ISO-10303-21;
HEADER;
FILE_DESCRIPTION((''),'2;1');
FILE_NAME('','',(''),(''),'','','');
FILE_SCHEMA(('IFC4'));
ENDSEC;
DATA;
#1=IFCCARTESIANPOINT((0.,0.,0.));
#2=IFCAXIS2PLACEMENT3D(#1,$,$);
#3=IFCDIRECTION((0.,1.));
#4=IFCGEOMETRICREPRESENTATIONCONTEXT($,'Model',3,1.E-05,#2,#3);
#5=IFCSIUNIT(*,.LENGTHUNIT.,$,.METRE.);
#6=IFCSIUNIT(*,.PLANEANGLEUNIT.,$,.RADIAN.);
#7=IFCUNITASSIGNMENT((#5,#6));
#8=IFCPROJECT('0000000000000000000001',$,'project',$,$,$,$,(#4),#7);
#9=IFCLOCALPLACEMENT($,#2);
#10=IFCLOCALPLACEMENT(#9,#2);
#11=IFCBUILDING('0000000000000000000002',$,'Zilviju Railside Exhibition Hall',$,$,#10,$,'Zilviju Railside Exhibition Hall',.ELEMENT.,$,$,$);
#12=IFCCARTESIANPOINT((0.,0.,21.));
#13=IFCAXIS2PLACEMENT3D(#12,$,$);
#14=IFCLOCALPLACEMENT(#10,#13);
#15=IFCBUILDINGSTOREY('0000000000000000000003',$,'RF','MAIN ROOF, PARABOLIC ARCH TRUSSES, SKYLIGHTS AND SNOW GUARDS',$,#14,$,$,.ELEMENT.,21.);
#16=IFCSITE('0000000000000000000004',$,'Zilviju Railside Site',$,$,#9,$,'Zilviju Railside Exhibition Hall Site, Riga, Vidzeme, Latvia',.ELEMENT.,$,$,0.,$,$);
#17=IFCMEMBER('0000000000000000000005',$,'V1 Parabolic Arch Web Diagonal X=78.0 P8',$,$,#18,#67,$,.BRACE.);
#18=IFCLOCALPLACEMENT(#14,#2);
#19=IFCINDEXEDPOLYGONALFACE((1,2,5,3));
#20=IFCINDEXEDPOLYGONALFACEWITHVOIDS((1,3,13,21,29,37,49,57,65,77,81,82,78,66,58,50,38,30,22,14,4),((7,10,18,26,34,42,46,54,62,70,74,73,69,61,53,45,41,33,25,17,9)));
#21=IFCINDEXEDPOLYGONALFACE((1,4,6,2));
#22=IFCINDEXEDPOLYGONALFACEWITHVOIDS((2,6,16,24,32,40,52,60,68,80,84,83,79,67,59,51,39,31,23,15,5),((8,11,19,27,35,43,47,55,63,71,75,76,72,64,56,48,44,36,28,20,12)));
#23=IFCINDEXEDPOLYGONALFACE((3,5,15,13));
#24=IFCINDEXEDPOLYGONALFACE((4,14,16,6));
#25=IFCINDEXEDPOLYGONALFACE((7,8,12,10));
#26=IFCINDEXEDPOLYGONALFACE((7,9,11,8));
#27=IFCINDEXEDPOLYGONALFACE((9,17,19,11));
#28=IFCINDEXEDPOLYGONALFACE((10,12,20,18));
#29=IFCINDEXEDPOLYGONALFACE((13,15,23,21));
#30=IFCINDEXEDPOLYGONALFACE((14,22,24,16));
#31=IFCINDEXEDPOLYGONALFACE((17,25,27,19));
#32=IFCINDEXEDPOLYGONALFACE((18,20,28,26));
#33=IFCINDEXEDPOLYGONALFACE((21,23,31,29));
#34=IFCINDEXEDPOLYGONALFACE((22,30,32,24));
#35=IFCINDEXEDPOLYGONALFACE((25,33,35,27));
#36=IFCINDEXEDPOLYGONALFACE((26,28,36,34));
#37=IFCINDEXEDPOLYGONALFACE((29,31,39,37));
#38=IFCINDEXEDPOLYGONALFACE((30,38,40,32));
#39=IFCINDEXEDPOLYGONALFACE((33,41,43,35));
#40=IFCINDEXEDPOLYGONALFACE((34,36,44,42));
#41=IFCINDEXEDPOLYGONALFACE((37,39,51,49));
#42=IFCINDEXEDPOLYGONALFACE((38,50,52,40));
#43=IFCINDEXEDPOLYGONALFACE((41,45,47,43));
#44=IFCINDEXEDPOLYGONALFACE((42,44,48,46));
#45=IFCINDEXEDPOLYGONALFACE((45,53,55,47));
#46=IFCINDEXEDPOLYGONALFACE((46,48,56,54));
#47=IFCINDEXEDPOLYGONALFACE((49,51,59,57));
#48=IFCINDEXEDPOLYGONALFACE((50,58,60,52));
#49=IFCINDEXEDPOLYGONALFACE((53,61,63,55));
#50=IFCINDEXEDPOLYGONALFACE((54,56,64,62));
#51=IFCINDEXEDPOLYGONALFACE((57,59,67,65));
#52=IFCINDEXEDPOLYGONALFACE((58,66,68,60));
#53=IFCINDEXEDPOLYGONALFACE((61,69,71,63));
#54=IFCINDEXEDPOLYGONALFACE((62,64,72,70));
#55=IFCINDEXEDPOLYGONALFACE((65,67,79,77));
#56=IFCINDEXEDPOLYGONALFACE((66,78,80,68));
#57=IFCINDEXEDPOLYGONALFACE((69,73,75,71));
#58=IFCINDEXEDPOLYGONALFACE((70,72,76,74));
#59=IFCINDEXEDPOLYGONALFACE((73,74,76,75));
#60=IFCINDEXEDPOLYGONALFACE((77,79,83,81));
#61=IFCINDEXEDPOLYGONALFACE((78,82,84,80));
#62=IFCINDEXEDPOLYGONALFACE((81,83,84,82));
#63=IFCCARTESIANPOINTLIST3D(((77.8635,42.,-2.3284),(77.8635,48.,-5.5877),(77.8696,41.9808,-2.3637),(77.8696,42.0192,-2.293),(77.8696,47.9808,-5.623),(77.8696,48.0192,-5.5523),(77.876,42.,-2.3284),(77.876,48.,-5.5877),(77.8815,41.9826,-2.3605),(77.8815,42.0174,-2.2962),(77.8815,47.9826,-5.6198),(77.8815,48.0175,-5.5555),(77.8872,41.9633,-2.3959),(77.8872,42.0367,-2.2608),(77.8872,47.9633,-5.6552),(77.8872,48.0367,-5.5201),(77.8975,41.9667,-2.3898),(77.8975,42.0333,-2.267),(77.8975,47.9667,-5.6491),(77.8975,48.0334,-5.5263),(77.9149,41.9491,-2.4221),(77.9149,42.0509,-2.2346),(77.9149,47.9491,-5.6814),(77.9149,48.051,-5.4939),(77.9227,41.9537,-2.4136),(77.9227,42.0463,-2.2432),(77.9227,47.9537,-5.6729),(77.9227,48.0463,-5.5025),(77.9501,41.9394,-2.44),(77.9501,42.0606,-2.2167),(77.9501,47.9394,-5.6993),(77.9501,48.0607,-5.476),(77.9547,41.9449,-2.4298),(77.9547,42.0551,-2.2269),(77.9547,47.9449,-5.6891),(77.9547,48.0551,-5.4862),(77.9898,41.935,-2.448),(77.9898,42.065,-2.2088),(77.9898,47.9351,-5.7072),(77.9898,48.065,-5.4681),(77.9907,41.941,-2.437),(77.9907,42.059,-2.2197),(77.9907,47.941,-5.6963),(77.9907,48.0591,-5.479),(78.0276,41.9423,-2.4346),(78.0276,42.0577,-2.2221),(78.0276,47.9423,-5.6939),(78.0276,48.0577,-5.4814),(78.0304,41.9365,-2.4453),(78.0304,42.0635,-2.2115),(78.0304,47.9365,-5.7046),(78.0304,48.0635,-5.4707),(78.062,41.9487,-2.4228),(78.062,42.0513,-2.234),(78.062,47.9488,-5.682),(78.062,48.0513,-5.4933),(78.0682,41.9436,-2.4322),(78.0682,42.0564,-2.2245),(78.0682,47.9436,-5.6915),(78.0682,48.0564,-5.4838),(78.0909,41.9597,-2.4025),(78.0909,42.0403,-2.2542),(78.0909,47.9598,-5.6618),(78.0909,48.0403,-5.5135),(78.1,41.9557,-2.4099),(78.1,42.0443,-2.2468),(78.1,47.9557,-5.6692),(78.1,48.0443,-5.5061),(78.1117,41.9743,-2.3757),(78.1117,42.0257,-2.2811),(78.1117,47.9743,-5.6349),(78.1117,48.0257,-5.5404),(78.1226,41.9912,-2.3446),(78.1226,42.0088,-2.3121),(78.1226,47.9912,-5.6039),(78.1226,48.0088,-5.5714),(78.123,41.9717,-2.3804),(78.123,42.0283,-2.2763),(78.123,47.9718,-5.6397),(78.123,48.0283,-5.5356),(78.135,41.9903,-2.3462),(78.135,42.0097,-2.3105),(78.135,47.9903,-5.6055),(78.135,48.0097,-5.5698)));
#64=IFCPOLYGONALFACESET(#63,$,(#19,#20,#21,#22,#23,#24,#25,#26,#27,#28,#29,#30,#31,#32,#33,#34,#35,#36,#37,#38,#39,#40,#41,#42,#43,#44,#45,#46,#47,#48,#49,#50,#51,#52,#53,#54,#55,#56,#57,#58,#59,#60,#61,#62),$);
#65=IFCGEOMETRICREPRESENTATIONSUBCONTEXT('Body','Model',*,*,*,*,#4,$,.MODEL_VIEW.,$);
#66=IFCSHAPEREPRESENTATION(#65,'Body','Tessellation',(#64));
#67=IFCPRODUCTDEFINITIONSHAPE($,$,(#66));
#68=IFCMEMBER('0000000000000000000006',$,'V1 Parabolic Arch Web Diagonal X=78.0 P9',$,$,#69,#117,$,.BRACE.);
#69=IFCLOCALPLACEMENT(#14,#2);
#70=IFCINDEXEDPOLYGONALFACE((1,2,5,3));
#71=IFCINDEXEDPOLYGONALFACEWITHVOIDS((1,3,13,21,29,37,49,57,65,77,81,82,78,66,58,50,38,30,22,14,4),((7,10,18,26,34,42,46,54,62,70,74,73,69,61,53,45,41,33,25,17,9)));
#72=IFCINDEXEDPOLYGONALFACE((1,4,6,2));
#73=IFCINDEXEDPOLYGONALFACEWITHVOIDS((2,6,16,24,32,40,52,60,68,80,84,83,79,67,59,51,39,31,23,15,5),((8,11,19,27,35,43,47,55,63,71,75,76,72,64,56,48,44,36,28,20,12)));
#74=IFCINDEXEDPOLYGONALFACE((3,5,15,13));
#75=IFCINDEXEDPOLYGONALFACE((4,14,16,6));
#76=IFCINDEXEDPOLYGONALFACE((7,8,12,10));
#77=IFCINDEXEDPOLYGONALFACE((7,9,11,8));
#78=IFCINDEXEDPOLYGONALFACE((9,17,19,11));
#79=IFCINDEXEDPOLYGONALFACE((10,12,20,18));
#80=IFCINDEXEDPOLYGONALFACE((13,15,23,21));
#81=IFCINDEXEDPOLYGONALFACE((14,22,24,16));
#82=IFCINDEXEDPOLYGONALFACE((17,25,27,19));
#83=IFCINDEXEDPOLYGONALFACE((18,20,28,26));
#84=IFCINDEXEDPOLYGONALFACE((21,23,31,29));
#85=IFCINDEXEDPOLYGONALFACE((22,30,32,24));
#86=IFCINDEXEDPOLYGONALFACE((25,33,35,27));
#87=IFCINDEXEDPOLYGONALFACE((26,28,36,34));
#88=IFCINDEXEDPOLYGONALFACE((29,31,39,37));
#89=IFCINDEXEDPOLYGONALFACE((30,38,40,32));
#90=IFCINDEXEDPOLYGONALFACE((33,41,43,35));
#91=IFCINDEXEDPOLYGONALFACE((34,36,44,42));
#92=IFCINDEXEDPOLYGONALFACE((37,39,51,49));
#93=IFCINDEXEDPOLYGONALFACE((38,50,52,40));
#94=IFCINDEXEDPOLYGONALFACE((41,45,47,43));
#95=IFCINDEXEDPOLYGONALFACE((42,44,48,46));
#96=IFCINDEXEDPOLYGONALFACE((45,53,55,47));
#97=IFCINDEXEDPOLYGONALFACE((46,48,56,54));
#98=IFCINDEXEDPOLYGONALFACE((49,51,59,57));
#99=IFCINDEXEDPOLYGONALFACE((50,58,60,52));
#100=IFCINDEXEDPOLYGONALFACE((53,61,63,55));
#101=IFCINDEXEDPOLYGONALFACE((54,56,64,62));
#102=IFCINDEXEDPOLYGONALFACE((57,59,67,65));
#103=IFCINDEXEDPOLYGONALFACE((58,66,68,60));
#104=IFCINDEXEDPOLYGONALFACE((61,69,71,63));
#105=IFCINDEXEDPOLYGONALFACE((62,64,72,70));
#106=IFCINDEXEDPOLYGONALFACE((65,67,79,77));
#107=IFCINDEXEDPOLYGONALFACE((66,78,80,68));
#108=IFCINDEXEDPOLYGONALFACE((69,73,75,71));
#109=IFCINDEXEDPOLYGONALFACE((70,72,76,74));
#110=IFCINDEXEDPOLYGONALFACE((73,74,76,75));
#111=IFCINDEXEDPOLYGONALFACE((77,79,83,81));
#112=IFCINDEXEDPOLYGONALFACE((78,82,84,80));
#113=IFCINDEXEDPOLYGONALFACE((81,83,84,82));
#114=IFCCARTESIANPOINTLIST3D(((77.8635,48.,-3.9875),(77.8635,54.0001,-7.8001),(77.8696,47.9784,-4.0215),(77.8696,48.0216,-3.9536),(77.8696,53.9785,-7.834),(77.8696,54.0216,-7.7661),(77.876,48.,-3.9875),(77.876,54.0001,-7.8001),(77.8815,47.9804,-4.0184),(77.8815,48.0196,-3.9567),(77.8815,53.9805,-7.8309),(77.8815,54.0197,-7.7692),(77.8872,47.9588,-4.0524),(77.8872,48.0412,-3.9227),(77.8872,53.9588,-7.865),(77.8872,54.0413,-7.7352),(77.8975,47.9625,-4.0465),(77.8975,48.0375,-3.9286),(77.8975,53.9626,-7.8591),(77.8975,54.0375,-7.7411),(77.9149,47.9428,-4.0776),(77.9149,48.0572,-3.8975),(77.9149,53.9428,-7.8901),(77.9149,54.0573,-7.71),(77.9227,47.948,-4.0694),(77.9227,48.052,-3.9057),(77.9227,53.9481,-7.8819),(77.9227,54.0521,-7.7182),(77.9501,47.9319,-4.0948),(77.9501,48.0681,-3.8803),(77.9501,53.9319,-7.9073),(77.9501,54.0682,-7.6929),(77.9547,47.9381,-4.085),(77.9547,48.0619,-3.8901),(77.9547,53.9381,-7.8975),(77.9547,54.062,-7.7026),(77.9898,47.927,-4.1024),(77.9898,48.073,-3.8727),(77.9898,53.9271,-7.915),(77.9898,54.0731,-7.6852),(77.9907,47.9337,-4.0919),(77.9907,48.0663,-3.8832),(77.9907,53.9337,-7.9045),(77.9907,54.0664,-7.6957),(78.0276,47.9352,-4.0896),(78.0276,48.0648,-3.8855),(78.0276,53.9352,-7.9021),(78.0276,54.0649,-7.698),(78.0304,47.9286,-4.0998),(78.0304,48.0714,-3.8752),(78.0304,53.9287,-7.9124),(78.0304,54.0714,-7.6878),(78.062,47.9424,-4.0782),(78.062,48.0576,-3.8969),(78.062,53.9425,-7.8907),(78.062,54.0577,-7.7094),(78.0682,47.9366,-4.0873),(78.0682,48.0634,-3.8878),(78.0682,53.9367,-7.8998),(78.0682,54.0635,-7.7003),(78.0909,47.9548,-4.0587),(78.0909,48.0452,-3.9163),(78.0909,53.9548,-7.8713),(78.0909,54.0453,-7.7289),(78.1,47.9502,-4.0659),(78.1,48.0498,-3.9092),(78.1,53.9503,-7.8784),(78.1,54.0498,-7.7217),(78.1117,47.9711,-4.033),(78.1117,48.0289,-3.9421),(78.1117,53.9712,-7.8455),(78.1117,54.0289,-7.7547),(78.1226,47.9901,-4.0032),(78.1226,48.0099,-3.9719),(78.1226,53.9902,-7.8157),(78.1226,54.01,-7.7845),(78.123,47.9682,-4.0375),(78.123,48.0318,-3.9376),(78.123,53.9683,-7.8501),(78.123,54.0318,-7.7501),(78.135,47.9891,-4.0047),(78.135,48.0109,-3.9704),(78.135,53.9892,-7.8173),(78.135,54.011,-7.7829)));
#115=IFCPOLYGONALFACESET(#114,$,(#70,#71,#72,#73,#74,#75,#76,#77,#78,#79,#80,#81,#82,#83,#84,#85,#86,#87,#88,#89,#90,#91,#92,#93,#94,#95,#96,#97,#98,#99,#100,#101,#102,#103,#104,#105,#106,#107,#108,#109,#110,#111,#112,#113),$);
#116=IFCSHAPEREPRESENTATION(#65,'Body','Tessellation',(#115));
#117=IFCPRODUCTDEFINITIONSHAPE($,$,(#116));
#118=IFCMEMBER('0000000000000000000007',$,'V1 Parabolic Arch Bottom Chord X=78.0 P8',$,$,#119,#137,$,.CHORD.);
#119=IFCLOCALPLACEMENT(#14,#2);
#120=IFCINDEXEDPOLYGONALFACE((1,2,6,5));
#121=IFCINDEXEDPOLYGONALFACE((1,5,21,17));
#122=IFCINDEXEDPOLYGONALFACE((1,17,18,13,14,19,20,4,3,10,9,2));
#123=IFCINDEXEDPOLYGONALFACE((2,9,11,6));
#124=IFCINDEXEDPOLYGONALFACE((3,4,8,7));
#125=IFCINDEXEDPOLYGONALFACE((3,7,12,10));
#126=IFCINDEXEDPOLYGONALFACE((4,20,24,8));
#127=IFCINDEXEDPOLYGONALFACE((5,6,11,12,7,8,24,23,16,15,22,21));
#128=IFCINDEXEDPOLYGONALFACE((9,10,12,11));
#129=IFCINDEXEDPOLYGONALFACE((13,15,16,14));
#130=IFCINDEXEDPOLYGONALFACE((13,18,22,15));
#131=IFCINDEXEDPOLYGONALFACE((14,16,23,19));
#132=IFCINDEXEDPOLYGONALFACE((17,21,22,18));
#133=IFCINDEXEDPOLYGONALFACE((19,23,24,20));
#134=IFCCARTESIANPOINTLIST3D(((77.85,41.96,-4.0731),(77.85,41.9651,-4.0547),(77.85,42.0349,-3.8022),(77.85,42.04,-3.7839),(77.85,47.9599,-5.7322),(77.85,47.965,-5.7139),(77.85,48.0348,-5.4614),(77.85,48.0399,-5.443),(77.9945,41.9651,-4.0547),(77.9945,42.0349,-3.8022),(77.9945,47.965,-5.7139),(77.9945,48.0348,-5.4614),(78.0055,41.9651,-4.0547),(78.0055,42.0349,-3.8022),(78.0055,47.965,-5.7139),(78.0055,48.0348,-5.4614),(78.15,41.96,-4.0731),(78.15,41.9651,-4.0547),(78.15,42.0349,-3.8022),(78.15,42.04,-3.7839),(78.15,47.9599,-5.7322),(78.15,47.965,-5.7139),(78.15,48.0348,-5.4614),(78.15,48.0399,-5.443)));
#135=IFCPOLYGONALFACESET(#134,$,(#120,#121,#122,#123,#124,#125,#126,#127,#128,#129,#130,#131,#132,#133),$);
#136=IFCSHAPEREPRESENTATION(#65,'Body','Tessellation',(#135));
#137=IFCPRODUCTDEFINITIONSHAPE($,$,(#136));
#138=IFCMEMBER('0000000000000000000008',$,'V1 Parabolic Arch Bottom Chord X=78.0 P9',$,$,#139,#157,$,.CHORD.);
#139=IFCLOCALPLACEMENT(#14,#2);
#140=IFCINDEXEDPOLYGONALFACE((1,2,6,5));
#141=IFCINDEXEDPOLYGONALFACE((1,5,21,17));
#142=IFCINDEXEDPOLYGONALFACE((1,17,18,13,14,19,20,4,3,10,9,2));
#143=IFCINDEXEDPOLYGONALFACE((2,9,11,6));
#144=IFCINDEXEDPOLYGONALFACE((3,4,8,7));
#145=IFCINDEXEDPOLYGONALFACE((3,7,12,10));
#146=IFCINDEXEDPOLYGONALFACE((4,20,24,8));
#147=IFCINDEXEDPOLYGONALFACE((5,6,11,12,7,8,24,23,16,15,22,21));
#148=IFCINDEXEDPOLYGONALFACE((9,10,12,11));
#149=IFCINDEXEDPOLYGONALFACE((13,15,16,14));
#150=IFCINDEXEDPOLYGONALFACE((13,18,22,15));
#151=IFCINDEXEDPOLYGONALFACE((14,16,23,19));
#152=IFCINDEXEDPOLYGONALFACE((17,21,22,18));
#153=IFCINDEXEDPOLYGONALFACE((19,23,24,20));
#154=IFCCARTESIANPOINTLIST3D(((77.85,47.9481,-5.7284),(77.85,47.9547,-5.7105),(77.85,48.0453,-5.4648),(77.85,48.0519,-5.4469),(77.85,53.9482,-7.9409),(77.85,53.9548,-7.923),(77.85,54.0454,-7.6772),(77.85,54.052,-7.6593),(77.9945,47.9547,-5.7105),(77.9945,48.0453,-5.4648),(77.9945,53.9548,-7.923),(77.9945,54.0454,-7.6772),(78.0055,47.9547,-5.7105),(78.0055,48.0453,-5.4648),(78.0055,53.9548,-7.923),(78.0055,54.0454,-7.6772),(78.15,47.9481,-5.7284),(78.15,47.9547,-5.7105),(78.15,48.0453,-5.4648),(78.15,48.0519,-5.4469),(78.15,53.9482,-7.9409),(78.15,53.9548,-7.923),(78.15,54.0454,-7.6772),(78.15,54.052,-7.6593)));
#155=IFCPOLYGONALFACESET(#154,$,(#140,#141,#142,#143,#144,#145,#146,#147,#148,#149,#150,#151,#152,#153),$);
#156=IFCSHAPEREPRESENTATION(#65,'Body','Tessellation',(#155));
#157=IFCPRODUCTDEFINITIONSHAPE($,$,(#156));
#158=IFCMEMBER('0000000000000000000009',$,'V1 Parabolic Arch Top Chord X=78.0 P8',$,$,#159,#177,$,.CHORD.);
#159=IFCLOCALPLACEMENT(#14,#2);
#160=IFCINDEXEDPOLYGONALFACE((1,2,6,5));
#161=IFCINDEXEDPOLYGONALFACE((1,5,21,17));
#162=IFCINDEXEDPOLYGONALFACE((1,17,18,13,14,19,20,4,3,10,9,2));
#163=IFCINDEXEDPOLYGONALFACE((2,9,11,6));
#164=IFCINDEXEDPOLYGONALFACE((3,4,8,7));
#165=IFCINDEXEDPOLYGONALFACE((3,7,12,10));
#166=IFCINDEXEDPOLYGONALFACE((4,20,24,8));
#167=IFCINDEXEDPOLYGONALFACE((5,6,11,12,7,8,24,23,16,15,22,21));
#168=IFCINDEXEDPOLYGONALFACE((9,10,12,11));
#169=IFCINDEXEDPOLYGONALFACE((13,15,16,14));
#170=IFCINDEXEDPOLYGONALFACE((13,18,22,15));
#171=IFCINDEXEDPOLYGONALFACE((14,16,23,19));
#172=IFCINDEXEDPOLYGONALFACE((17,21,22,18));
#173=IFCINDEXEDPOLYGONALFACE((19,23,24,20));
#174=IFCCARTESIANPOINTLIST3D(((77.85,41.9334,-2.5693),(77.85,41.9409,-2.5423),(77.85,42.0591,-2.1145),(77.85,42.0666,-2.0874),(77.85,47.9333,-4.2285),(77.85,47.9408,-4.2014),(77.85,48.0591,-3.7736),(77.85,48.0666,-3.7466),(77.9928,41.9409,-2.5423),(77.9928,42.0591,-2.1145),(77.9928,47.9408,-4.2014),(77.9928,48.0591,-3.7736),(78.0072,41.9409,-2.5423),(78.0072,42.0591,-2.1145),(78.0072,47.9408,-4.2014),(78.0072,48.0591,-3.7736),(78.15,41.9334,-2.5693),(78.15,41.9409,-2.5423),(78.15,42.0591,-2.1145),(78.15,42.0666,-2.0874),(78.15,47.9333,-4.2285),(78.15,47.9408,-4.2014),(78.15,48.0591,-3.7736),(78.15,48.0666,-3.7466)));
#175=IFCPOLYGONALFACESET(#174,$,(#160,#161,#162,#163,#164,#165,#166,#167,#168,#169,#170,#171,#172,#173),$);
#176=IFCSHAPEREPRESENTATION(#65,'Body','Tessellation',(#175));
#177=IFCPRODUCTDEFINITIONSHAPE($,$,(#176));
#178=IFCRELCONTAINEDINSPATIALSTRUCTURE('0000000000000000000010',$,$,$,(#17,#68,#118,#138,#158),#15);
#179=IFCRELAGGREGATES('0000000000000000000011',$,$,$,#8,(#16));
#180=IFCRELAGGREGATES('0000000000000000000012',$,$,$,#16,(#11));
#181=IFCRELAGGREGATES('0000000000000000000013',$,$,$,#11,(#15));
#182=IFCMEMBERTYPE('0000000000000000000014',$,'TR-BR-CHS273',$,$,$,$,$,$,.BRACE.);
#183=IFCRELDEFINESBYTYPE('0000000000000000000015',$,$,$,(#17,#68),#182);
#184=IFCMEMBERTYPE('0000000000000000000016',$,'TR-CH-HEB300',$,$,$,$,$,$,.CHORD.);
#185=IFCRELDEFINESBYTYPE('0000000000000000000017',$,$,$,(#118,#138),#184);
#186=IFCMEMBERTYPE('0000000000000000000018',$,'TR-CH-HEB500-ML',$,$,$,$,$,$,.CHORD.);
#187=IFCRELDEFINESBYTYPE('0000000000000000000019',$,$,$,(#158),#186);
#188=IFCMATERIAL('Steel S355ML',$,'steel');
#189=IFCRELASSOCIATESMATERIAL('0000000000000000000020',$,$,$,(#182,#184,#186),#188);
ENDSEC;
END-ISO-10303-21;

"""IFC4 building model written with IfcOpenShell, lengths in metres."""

from ifc_helpers import new_model, si_unit, direction, frame, origin, origin_2d, place, context, subcontext, project, spatial, hollow_circle, i_section, extrude, material, material_profile, profile_set, type_object, element, save


model = new_model("IFC4")

# Units and contexts
model_context = context("Model", 3, precision=1e-05, world=origin(), true_north=direction((0.0, 1.0)))
body_context = subcontext(model_context, "Body", "Model", "MODEL_VIEW")
ifc_project = project(units=[si_unit("LENGTHUNIT", "METRE"), si_unit("PLANEANGLEUNIT", "RADIAN")], contexts=[model_context])

# Site, building, storey
site_placement = place(None, origin())
site = spatial("IfcSite", under=ifc_project, at=site_placement, Name="Zilviju Railside Site", LongName="Zilviju Railside Exhibition Hall Site, Riga, Vidzeme, Latvia", CompositionType="ELEMENT", RefElevation=0.0)
building_placement = place(site_placement, origin())
building = spatial("IfcBuilding", under=site, at=building_placement, Name="Zilviju Railside Exhibition Hall", LongName="Zilviju Railside Exhibition Hall", CompositionType="ELEMENT")
storey_placement = place(building_placement, frame((0.0, 0.0, 21.0)))
storey = spatial("IfcBuildingStorey", under=building, at=storey_placement, Name="RF", Description="MAIN ROOF, PARABOLIC ARCH TRUSSES, SKYLIGHTS AND SNOW GUARDS", CompositionType="ELEMENT", Elevation=21.0)

# Members
ifc_material_1 = material(Name="Steel S355ML", Category="steel")
ifc_material_profile_1 = material_profile(ifc_material_1, hollow_circle(Radius=0.1365, WallThickness=0.0125, at=origin_2d()), Name="CHS 273.0x12.5")
ifc_profile_set_1 = profile_set([ifc_material_profile_1], Name="Steel S355ML")
member_type_1 = type_object("IfcMemberType", Name="TR-BR-CHS273", PredefinedType="BRACE", material=ifc_profile_set_1)
member_1_placement = place(storey_placement, frame((78.0, 42.0, -2.3284), z_axis=(0.0, 0.878722, -0.477333), x_axis=(-1.0, 0.0, 0.0)))
element("IfcMember", 1, at=member_1_placement, inside=storey, type_object=member_type_1, Name="V1 Parabolic Arch Web Diagonal X=78.0 P8", PredefinedType="BRACE", context=body_context, shape_type="SweptSolid", body=[
    extrude(hollow_circle(Radius=0.1365, WallThickness=0.0125, at=origin_2d()), origin(), (0.0, 0.0, 1.0), 6.8281),
])
member_2_placement = place(storey_placement, frame((78.0, 48.0, -3.9875), z_axis=(0.0, 0.844023, -0.536306), x_axis=(-1.0, 0.0, 0.0)))
element("IfcMember", 2, at=member_2_placement, inside=storey, type_object=member_type_1, Name="V1 Parabolic Arch Web Diagonal X=78.0 P9", PredefinedType="BRACE", context=body_context, shape_type="SweptSolid", body=[
    extrude(hollow_circle(Radius=0.1365, WallThickness=0.0125, at=origin_2d()), origin(), (0.0, 0.0, 1.0), 7.1089),
])
ifc_material_profile_2 = material_profile(ifc_material_1, i_section(OverallWidth=0.3, OverallDepth=0.3, WebThickness=0.011, FlangeThickness=0.019, at=origin_2d()), Name="HEB 300")
ifc_profile_set_2 = profile_set([ifc_material_profile_2], Name="Steel S355ML")
member_type_2 = type_object("IfcMemberType", Name="TR-CH-HEB300", PredefinedType="CHORD", material=ifc_profile_set_2)
member_3_placement = place(storey_placement, frame((78.0, 42.0, -3.9285), z_axis=(0.0, 0.963827, -0.266527), x_axis=(-1.0, 0.0, 0.0)))
element("IfcMember", 3, at=member_3_placement, inside=storey, type_object=member_type_2, Name="V1 Parabolic Arch Bottom Chord X=78.0 P8", PredefinedType="CHORD", context=body_context, shape_type="SweptSolid", body=[
    extrude(i_section(OverallWidth=0.3, OverallDepth=0.3, WebThickness=0.011, FlangeThickness=0.019, at=origin_2d()), origin(), (0.0, 0.0, 1.0), 6.2251),
])
member_4_placement = place(storey_placement, frame((78.0, 48.0, -5.5876), z_axis=(0.0, 0.938248, -0.345964), x_axis=(-1.0, 0.0, 0.0)))
element("IfcMember", 4, at=member_4_placement, inside=storey, type_object=member_type_2, Name="V1 Parabolic Arch Bottom Chord X=78.0 P9", PredefinedType="CHORD", context=body_context, shape_type="SweptSolid", body=[
    extrude(i_section(OverallWidth=0.3, OverallDepth=0.3, WebThickness=0.011, FlangeThickness=0.019, at=origin_2d()), origin(), (0.0, 0.0, 1.0), 6.395),
])
ifc_material_profile_3 = material_profile(ifc_material_1, i_section(OverallWidth=0.3, OverallDepth=0.5, WebThickness=0.0144, FlangeThickness=0.0281, at=origin_2d()), Name="HEB 500")
ifc_profile_set_3 = profile_set([ifc_material_profile_3], Name="Steel S355ML")
member_type_3 = type_object("IfcMemberType", Name="TR-CH-HEB500-ML", PredefinedType="CHORD", material=ifc_profile_set_3)
member_5_placement = place(storey_placement, frame((78.0, 42.0, -2.3284), z_axis=(0.0, 0.963827, -0.266527), x_axis=(-1.0, 0.0, 0.0)))
element("IfcMember", 5, at=member_5_placement, inside=storey, type_object=member_type_3, Name="V1 Parabolic Arch Top Chord X=78.0 P8", PredefinedType="CHORD", context=body_context, shape_type="SweptSolid", body=[
    extrude(i_section(OverallWidth=0.3, OverallDepth=0.5, WebThickness=0.0144, FlangeThickness=0.0281, at=origin_2d()), origin(), (0.0, 0.0, 1.0), 6.2251),
])

save(model, "model.ifc")
